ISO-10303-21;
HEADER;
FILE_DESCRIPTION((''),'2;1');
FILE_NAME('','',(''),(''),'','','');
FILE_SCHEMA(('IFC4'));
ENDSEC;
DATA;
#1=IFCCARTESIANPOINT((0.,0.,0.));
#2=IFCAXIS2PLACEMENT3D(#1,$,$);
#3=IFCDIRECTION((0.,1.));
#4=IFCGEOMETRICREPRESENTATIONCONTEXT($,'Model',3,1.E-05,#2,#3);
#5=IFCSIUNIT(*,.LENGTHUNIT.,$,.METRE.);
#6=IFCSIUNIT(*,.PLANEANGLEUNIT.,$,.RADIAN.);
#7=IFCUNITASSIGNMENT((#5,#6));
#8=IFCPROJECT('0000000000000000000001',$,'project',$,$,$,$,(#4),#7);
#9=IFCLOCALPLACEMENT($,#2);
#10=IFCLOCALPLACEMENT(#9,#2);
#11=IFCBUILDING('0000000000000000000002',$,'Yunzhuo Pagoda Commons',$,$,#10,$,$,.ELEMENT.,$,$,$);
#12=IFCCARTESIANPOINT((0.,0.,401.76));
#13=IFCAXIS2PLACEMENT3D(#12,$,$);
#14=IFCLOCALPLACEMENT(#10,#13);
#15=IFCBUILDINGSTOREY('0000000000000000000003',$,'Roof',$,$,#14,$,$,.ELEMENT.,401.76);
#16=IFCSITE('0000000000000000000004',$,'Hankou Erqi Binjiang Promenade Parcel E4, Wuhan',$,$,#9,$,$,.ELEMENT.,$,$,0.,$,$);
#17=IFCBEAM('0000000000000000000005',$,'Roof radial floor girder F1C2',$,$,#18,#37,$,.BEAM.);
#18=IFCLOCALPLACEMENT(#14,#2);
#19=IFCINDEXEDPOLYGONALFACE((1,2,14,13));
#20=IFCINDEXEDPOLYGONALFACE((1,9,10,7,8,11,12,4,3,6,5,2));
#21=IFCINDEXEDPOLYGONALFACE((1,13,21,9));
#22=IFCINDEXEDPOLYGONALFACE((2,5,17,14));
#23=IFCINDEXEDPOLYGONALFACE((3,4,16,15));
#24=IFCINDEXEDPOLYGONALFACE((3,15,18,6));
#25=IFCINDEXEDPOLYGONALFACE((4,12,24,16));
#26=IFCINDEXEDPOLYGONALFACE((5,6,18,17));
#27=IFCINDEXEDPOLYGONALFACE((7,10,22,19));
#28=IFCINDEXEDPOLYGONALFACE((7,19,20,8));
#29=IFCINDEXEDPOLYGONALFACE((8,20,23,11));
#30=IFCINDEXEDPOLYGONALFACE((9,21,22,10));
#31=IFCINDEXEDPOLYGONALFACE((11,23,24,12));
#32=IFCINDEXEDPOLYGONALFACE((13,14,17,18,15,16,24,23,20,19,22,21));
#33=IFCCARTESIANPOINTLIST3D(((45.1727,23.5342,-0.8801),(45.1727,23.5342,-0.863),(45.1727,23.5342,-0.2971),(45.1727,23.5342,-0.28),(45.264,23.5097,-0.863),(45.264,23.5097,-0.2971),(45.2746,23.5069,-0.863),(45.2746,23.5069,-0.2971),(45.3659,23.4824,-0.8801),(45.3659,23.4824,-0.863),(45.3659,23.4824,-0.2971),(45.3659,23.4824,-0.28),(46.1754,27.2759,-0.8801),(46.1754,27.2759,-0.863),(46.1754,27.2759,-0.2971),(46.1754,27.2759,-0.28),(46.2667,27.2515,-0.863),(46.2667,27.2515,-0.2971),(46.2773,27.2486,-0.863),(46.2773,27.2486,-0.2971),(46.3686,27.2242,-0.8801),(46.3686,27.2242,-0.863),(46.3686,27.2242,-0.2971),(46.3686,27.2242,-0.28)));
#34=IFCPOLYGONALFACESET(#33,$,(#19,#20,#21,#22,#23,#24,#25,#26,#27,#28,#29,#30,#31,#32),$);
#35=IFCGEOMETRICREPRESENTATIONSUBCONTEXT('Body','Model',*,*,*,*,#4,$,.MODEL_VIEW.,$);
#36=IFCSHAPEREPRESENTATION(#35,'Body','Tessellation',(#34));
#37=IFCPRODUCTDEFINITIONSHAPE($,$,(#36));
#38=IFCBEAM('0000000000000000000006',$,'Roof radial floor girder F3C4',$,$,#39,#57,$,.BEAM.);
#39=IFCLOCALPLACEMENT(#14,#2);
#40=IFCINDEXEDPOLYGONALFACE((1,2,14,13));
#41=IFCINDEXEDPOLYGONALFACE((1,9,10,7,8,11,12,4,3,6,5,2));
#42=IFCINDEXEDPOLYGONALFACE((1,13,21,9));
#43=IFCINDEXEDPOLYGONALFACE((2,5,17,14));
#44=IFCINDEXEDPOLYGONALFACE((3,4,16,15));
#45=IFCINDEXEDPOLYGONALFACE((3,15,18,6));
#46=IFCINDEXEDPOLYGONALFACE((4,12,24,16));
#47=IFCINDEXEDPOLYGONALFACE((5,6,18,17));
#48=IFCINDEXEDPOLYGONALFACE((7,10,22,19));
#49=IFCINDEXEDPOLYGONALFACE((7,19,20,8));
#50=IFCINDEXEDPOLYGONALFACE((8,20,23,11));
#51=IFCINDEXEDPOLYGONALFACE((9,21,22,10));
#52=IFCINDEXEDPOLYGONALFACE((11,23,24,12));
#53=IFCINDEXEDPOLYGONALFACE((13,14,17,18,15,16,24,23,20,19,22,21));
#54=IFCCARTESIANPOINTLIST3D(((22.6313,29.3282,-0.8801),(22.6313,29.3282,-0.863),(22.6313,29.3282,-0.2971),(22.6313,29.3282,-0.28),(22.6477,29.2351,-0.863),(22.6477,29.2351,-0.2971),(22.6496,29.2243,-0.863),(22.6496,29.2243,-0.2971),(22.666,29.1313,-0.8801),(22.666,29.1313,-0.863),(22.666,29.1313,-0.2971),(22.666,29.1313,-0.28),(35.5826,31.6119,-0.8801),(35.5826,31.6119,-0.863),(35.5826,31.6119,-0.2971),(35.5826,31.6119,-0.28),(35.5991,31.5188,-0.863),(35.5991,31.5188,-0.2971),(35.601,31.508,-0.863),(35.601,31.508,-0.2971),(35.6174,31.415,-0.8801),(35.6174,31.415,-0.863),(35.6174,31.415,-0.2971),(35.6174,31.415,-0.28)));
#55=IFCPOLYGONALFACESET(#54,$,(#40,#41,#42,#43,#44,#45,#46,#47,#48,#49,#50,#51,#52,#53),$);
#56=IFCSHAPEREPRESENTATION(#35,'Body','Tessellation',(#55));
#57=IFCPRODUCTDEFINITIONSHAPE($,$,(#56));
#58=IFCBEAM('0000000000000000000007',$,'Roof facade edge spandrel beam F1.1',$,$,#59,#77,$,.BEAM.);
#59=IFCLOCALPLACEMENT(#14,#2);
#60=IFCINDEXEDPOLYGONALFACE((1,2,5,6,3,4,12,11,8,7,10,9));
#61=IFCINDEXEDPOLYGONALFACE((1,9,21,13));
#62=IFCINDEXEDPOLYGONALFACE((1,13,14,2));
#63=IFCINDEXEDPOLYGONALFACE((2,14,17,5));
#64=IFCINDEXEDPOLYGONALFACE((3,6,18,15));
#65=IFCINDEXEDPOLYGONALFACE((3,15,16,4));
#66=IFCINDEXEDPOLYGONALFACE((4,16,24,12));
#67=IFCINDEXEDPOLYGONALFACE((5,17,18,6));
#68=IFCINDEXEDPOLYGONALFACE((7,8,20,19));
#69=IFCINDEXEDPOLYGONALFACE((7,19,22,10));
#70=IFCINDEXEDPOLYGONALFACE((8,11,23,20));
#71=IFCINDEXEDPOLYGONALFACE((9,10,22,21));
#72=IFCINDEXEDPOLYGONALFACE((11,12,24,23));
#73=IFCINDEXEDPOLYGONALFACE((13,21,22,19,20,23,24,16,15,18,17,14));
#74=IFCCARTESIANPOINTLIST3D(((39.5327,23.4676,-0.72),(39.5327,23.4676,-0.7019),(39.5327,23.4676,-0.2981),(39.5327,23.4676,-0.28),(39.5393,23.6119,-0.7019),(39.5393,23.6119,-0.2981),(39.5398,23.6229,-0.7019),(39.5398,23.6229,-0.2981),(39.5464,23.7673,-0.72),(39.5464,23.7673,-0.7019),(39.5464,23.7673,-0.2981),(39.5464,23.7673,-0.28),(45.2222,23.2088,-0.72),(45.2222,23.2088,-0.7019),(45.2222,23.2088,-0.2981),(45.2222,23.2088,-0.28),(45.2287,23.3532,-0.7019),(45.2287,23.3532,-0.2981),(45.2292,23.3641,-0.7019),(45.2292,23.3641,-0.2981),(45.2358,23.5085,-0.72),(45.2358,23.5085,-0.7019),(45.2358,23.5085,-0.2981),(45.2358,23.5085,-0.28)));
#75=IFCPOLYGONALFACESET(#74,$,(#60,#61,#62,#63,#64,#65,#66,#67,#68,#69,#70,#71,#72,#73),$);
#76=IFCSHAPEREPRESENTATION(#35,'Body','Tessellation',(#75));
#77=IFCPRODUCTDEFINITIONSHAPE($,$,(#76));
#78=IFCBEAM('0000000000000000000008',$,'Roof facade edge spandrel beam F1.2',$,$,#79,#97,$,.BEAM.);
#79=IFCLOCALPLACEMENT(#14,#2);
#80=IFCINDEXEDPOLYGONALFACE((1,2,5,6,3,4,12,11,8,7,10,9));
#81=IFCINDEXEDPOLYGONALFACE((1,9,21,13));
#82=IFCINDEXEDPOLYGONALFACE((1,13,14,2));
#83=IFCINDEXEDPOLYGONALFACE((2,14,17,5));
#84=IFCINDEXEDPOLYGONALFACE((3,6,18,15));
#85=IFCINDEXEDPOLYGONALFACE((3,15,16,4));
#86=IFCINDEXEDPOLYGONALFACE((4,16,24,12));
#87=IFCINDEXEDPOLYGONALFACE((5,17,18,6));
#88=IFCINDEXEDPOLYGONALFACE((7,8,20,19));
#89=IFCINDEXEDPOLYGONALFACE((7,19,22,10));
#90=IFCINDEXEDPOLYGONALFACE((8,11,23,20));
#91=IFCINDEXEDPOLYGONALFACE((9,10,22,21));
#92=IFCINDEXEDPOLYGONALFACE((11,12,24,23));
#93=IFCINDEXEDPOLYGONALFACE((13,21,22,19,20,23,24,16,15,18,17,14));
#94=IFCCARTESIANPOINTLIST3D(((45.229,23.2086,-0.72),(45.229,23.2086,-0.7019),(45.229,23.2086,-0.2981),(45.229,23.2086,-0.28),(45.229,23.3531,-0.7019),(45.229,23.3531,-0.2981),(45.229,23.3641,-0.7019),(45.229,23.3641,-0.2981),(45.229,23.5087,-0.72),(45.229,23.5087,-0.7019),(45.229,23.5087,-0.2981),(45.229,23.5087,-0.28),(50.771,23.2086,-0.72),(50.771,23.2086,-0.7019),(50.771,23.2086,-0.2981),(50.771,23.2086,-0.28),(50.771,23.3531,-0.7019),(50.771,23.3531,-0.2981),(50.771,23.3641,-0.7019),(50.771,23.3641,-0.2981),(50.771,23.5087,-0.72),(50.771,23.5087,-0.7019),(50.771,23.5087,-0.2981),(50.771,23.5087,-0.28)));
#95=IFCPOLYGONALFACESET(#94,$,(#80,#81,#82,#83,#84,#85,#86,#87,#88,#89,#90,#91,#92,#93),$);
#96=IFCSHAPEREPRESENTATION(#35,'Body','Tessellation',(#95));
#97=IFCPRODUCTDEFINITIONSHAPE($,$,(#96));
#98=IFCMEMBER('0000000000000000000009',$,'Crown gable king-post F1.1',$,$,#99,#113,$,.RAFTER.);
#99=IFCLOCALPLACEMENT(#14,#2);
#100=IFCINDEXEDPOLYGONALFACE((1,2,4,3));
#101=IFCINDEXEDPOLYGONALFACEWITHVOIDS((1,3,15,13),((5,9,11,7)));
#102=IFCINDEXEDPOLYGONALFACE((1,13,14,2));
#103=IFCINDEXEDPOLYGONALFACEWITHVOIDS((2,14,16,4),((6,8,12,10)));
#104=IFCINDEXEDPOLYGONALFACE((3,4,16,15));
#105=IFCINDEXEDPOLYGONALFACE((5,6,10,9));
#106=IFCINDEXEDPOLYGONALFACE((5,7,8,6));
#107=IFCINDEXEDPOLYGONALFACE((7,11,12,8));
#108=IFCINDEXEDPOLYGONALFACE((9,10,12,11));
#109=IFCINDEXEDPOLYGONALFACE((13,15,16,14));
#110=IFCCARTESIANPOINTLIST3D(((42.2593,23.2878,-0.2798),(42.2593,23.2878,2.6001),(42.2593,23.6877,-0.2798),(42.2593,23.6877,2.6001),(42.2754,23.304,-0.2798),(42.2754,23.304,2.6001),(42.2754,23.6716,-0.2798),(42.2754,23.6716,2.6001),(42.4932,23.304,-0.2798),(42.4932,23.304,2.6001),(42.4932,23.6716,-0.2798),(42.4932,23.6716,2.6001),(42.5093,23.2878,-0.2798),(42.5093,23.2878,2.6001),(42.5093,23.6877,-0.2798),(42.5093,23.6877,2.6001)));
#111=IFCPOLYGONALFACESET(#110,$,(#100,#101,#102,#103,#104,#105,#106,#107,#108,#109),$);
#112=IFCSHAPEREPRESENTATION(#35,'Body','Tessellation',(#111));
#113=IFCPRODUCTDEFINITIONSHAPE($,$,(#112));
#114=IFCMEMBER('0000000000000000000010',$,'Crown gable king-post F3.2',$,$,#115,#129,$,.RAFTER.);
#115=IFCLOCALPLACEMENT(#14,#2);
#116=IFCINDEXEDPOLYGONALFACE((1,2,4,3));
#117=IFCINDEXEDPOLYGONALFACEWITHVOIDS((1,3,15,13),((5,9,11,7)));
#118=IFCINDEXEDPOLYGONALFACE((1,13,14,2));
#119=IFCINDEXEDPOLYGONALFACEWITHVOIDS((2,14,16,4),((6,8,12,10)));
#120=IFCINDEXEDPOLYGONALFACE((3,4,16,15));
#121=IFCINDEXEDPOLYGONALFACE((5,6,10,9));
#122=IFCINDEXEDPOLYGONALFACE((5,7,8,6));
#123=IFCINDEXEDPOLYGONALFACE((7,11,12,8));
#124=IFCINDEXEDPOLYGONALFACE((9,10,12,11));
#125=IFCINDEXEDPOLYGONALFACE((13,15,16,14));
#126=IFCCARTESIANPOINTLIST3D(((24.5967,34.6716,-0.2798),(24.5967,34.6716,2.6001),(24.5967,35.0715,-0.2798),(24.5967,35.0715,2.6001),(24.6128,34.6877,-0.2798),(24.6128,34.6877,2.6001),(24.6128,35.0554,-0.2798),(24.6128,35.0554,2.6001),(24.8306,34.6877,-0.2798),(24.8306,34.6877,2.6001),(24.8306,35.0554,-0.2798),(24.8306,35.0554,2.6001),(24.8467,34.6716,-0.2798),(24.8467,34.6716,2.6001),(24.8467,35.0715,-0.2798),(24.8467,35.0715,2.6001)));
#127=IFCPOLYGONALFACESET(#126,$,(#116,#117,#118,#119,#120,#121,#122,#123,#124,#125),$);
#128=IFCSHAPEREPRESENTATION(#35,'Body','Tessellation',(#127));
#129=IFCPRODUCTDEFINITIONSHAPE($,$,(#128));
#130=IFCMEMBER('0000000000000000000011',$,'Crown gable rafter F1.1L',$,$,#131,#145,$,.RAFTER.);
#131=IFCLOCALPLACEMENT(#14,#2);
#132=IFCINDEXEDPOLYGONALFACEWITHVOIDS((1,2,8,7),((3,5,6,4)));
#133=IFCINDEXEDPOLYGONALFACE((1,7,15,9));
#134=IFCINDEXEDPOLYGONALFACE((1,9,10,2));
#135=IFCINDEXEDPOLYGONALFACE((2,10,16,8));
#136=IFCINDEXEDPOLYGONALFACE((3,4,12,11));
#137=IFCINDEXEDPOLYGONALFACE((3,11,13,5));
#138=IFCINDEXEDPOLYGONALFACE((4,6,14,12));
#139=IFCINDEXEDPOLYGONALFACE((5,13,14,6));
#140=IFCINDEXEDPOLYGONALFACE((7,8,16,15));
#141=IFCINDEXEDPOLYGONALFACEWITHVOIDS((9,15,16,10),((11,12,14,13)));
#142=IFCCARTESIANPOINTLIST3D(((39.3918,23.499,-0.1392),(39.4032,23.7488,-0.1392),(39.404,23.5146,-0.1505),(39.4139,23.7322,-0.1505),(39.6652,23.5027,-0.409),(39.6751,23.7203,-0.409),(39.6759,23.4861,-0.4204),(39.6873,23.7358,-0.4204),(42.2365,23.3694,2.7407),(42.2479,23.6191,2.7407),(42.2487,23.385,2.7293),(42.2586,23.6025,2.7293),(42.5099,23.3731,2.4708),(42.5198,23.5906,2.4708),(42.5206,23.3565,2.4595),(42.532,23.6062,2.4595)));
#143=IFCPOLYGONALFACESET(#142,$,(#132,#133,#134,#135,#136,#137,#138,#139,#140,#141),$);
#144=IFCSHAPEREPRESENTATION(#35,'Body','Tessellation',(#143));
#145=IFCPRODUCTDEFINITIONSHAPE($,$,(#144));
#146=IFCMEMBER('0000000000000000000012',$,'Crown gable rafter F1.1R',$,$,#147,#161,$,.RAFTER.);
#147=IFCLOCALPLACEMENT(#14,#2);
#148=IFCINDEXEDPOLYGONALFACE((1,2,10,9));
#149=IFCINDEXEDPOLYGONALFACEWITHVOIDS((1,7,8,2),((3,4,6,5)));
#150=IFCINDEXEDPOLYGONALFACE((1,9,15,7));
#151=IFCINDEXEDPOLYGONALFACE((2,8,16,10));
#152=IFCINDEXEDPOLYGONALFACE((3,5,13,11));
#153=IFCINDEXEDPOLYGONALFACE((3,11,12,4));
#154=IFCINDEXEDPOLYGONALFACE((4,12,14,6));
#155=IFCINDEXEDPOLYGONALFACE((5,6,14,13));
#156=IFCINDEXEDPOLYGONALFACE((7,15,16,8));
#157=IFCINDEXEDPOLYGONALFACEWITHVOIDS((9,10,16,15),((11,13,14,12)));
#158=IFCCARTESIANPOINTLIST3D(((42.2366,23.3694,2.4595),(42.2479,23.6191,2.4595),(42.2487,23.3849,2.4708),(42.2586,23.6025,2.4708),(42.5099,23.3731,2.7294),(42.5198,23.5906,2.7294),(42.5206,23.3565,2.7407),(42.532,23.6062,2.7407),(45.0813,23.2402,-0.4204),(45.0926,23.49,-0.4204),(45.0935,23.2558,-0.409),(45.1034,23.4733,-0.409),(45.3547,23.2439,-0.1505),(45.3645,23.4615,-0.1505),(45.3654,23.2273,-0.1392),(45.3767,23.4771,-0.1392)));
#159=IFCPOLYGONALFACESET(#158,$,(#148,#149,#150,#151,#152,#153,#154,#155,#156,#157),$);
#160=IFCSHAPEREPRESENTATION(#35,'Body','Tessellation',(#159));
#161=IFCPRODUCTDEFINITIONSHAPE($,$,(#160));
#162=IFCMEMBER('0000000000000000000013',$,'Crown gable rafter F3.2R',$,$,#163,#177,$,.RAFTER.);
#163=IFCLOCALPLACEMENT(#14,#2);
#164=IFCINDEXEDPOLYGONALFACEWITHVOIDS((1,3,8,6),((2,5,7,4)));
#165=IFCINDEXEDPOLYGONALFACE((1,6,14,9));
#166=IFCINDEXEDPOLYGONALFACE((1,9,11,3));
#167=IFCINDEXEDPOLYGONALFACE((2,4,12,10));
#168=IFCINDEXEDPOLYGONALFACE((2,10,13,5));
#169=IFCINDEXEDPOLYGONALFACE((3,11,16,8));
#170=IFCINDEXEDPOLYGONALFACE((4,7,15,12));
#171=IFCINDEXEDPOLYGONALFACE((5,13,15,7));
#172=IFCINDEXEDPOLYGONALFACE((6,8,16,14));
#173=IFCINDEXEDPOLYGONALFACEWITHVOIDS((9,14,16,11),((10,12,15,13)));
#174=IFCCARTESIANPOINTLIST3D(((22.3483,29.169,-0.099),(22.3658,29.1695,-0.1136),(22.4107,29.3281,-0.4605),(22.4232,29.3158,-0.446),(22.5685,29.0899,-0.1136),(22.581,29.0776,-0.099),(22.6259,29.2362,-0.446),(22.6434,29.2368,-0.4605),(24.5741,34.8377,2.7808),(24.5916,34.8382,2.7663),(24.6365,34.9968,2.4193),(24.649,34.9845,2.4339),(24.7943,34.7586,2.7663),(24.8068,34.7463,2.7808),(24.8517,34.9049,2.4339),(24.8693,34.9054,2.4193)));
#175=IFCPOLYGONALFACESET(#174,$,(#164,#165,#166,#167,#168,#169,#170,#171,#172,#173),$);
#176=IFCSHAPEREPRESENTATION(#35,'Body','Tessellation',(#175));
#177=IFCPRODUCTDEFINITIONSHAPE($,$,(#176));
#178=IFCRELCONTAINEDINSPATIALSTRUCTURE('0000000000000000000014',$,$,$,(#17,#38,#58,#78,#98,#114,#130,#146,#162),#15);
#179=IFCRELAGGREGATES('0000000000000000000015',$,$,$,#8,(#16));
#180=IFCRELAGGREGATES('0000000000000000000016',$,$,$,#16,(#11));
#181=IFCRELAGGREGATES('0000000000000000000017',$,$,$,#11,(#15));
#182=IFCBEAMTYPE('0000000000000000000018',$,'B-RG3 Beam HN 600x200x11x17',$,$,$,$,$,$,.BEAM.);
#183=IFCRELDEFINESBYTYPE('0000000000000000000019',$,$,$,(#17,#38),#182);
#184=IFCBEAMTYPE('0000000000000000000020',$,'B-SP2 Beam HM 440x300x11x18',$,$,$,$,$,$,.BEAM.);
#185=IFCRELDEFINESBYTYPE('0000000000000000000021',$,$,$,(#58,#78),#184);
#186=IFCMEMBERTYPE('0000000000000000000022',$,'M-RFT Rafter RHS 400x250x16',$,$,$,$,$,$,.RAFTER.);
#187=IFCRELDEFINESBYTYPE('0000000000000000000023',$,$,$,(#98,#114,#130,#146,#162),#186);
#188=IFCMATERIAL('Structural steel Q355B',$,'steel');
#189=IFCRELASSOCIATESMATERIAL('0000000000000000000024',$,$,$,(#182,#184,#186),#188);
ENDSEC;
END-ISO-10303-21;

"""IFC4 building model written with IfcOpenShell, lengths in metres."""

from ifc_helpers import new_model, si_unit, direction, frame, origin, origin_2d, place, context, subcontext, project, spatial, hollow_rectangle, i_section, extrude, source, transform, mapped, material, material_profile, profile_set, type_object, element, save


model = new_model("IFC4")

# Units and contexts
model_context = context("Model", 3, precision=1e-05, world=origin(), true_north=direction((0.0, 1.0)))
body_context = subcontext(model_context, "Body", "Model", "MODEL_VIEW")
ifc_project = project(units=[si_unit("LENGTHUNIT", "METRE"), si_unit("PLANEANGLEUNIT", "RADIAN")], contexts=[model_context])

# Site, building, storey
site_placement = place(None, origin())
site = spatial("IfcSite", under=ifc_project, at=site_placement, Name="Hankou Erqi Binjiang Promenade Parcel E4, Wuhan", CompositionType="ELEMENT", RefElevation=0.0)
building_placement = place(site_placement, origin())
building = spatial("IfcBuilding", under=site, at=building_placement, Name="Yunzhuo Pagoda Commons", CompositionType="ELEMENT")
storey_placement = place(building_placement, frame((0.0, 0.0, 401.76)))
storey = spatial("IfcBuildingStorey", under=building, at=storey_placement, Name="Roof", CompositionType="ELEMENT", Elevation=401.76)

# Beams
ifc_material_1 = material(Name="Structural steel Q355B", Category="steel")
ifc_material_profile_1 = material_profile(ifc_material_1, i_section(OverallWidth=0.2, OverallDepth=0.6001, WebThickness=0.011, FlangeThickness=0.0171, at=origin_2d()), Name="Structural steel Q355B")
ifc_profile_set_1 = profile_set([ifc_material_profile_1], Name="Structural steel Q355B")
beam_type_1 = type_object("IfcBeamType", Name="B-RG3 Beam HN 600x200x11x17", PredefinedType="BEAM", material=ifc_profile_set_1)
shared_shape_1 = source(origin(), body_context, "Body", "SweptSolid", [
    extrude(i_section(OverallWidth=0.2, OverallDepth=0.6001, WebThickness=0.011, FlangeThickness=0.0171, at=origin_2d()), origin(), (0.0, 0.0, 1.0), 3.8738),
])
beam_1_placement = place(storey_placement, frame((45.2693, 23.5083, -0.5801), z_axis=(0.258843, 0.965919, 0.0), x_axis=(-0.965919, 0.258843, 0.0)))
element("IfcBeam", 1, at=beam_1_placement, inside=storey, type_object=beam_type_1, Name="Roof radial floor girder F1C2", PredefinedType="BEAM", context=body_context, shape_type="MappedRepresentation", body=[
    mapped(shared_shape_1, transform((0.0, 0.0, 0.0), scale=1.0)),
])
shared_shape_2 = source(origin(), body_context, "Body", "SweptSolid", [
    extrude(i_section(OverallWidth=0.2, OverallDepth=0.6001, WebThickness=0.011, FlangeThickness=0.0171, at=origin_2d()), origin(), (0.0, 0.0, 1.0), 13.1511),
])
beam_2_placement = place(storey_placement, frame((22.6487, 29.2297, -0.5801), z_axis=(0.984808, 0.173649, 0.0), x_axis=(-0.173649, 0.984808, 0.0)))
element("IfcBeam", 2, at=beam_2_placement, inside=storey, type_object=beam_type_1, Name="Roof radial floor girder F3C4", PredefinedType="BEAM", context=body_context, shape_type="MappedRepresentation", body=[
    mapped(shared_shape_2, transform((0.0, 0.0, 0.0), scale=1.0)),
])
ifc_material_profile_2 = material_profile(ifc_material_1, i_section(OverallWidth=0.3, OverallDepth=0.4399, WebThickness=0.011, FlangeThickness=0.0181, at=origin_2d()), Name="Structural steel Q355B")
ifc_profile_set_2 = profile_set([ifc_material_profile_2], Name="Structural steel Q355B")
beam_type_2 = type_object("IfcBeamType", Name="B-SP2 Beam HM 440x300x11x18", PredefinedType="BEAM", material=ifc_profile_set_2)
shared_shape_3 = source(origin(), body_context, "Body", "SweptSolid", [
    extrude(i_section(OverallWidth=0.3, OverallDepth=0.4399, WebThickness=0.011, FlangeThickness=0.0181, at=origin_2d()), origin(), (0.0, 0.0, 1.0), 5.6953),
])
beam_3_placement = place(storey_placement, frame((39.5396, 23.6174, -0.5), z_axis=(0.998967, -0.045439, 0.0), x_axis=(0.045439, 0.998967, 0.0)))
element("IfcBeam", 3, at=beam_3_placement, inside=storey, type_object=beam_type_2, Name="Roof facade edge spandrel beam F1.1", PredefinedType="BEAM", context=body_context, shape_type="MappedRepresentation", body=[
    mapped(shared_shape_3, transform((0.0, 0.0, 0.0), scale=1.0)),
])
shared_shape_4 = source(origin(), body_context, "Body", "SweptSolid", [
    extrude(i_section(OverallWidth=0.3, OverallDepth=0.4399, WebThickness=0.011, FlangeThickness=0.0181, at=origin_2d()), origin(), (0.0, 0.0, 1.0), 5.542),
])
beam_4_placement = place(storey_placement, frame((45.229, 23.3586, -0.5), z_axis=(1.0, 0.0, 0.0), x_axis=(0.0, 1.0, 0.0)))
element("IfcBeam", 4, at=beam_4_placement, inside=storey, type_object=beam_type_2, Name="Roof facade edge spandrel beam F1.2", PredefinedType="BEAM", context=body_context, shape_type="MappedRepresentation", body=[
    mapped(shared_shape_4, transform((0.0, 0.0, 0.0), scale=1.0)),
])

# Members
ifc_material_profile_3 = material_profile(ifc_material_1, hollow_rectangle(XDim=0.25, YDim=0.3999, WallThickness=0.0161, at=origin_2d()), Name="Structural steel Q355B")
ifc_profile_set_3 = profile_set([ifc_material_profile_3], Name="Structural steel Q355B")
member_type_1 = type_object("IfcMemberType", Name="M-RFT Rafter RHS 400x250x16", PredefinedType="RAFTER", material=ifc_profile_set_3)
shared_shape_5 = source(origin(), body_context, "Body", "SweptSolid", [
    extrude(hollow_rectangle(XDim=0.25, YDim=0.3999, WallThickness=0.0161, at=origin_2d()), origin(), (0.0, 0.0, 1.0), 2.8799),
])
for number, where, z_axis, x_axis, name in (
    (5, (42.3843, 23.4878, -0.2798), (0.0, 0.0, 1.0), (1.0, 0.0, 0.0), "Crown gable king-post F1.1"),
    (6, (24.7217, 34.8716, -0.2798), (0.0, 0.0, 1.0), (1.0, 0.0, 0.0), "Crown gable king-post F3.2"),
):
    element("IfcMember", number, at=place(storey_placement, frame(where, z_axis=z_axis, x_axis=x_axis)), inside=storey, type_object=member_type_1, Name=name, PredefinedType="RAFTER", context=body_context, shape_type="MappedRepresentation", body=[
        mapped(shared_shape_5, transform((0.0, 0.0, 0.0), scale=1.0)),
    ])
shared_shape_6 = source(origin(), body_context, "Body", "SweptSolid", [
    extrude(hollow_rectangle(XDim=0.25, YDim=0.3999, WallThickness=0.0161, at=origin_2d()), origin(), (0.0, 0.0, 1.0), 4.05),
])
for number, where, z_axis, x_axis, name in (
    (7, (39.5396, 23.6174, -0.2798), (0.702391, -0.032009, 0.711071), (0.045524, 0.998963, 0.0), "Crown gable rafter F1.1L"),
    (8, (45.229, 23.3586, -0.2798), (-0.702394, 0.031889, 0.711074), (-0.045353, -0.998971, 0.0), "Crown gable rafter F1.1R"),
):
    element("IfcMember", number, at=place(storey_placement, frame(where, z_axis=z_axis, x_axis=x_axis)), inside=storey, type_object=member_type_1, Name=name, PredefinedType="RAFTER", context=body_context, shape_type="MappedRepresentation", body=[
        mapped(shared_shape_6, transform((0.0, 0.0, 0.0), scale=1.0)),
    ])
shared_shape_7 = source(origin(), body_context, "Body", "SweptSolid", [
    extrude(hollow_rectangle(XDim=0.25, YDim=0.3999, WallThickness=0.0161, at=origin_2d()), origin(), (0.0, 0.0, 1.0), 6.7366),
])
member_1_placement = place(storey_placement, frame((22.4958, 29.2029, -0.2798), z_axis=(0.330407, 0.841474, 0.427496), x_axis=(-0.930816, 0.365487, 0.0)))
element("IfcMember", 9, at=member_1_placement, inside=storey, type_object=member_type_1, Name="Crown gable rafter F3.2R", PredefinedType="RAFTER", context=body_context, shape_type="MappedRepresentation", body=[
    mapped(shared_shape_7, transform((0.0, 0.0, 0.0), scale=1.0)),
])

save(model, "model.ifc")
